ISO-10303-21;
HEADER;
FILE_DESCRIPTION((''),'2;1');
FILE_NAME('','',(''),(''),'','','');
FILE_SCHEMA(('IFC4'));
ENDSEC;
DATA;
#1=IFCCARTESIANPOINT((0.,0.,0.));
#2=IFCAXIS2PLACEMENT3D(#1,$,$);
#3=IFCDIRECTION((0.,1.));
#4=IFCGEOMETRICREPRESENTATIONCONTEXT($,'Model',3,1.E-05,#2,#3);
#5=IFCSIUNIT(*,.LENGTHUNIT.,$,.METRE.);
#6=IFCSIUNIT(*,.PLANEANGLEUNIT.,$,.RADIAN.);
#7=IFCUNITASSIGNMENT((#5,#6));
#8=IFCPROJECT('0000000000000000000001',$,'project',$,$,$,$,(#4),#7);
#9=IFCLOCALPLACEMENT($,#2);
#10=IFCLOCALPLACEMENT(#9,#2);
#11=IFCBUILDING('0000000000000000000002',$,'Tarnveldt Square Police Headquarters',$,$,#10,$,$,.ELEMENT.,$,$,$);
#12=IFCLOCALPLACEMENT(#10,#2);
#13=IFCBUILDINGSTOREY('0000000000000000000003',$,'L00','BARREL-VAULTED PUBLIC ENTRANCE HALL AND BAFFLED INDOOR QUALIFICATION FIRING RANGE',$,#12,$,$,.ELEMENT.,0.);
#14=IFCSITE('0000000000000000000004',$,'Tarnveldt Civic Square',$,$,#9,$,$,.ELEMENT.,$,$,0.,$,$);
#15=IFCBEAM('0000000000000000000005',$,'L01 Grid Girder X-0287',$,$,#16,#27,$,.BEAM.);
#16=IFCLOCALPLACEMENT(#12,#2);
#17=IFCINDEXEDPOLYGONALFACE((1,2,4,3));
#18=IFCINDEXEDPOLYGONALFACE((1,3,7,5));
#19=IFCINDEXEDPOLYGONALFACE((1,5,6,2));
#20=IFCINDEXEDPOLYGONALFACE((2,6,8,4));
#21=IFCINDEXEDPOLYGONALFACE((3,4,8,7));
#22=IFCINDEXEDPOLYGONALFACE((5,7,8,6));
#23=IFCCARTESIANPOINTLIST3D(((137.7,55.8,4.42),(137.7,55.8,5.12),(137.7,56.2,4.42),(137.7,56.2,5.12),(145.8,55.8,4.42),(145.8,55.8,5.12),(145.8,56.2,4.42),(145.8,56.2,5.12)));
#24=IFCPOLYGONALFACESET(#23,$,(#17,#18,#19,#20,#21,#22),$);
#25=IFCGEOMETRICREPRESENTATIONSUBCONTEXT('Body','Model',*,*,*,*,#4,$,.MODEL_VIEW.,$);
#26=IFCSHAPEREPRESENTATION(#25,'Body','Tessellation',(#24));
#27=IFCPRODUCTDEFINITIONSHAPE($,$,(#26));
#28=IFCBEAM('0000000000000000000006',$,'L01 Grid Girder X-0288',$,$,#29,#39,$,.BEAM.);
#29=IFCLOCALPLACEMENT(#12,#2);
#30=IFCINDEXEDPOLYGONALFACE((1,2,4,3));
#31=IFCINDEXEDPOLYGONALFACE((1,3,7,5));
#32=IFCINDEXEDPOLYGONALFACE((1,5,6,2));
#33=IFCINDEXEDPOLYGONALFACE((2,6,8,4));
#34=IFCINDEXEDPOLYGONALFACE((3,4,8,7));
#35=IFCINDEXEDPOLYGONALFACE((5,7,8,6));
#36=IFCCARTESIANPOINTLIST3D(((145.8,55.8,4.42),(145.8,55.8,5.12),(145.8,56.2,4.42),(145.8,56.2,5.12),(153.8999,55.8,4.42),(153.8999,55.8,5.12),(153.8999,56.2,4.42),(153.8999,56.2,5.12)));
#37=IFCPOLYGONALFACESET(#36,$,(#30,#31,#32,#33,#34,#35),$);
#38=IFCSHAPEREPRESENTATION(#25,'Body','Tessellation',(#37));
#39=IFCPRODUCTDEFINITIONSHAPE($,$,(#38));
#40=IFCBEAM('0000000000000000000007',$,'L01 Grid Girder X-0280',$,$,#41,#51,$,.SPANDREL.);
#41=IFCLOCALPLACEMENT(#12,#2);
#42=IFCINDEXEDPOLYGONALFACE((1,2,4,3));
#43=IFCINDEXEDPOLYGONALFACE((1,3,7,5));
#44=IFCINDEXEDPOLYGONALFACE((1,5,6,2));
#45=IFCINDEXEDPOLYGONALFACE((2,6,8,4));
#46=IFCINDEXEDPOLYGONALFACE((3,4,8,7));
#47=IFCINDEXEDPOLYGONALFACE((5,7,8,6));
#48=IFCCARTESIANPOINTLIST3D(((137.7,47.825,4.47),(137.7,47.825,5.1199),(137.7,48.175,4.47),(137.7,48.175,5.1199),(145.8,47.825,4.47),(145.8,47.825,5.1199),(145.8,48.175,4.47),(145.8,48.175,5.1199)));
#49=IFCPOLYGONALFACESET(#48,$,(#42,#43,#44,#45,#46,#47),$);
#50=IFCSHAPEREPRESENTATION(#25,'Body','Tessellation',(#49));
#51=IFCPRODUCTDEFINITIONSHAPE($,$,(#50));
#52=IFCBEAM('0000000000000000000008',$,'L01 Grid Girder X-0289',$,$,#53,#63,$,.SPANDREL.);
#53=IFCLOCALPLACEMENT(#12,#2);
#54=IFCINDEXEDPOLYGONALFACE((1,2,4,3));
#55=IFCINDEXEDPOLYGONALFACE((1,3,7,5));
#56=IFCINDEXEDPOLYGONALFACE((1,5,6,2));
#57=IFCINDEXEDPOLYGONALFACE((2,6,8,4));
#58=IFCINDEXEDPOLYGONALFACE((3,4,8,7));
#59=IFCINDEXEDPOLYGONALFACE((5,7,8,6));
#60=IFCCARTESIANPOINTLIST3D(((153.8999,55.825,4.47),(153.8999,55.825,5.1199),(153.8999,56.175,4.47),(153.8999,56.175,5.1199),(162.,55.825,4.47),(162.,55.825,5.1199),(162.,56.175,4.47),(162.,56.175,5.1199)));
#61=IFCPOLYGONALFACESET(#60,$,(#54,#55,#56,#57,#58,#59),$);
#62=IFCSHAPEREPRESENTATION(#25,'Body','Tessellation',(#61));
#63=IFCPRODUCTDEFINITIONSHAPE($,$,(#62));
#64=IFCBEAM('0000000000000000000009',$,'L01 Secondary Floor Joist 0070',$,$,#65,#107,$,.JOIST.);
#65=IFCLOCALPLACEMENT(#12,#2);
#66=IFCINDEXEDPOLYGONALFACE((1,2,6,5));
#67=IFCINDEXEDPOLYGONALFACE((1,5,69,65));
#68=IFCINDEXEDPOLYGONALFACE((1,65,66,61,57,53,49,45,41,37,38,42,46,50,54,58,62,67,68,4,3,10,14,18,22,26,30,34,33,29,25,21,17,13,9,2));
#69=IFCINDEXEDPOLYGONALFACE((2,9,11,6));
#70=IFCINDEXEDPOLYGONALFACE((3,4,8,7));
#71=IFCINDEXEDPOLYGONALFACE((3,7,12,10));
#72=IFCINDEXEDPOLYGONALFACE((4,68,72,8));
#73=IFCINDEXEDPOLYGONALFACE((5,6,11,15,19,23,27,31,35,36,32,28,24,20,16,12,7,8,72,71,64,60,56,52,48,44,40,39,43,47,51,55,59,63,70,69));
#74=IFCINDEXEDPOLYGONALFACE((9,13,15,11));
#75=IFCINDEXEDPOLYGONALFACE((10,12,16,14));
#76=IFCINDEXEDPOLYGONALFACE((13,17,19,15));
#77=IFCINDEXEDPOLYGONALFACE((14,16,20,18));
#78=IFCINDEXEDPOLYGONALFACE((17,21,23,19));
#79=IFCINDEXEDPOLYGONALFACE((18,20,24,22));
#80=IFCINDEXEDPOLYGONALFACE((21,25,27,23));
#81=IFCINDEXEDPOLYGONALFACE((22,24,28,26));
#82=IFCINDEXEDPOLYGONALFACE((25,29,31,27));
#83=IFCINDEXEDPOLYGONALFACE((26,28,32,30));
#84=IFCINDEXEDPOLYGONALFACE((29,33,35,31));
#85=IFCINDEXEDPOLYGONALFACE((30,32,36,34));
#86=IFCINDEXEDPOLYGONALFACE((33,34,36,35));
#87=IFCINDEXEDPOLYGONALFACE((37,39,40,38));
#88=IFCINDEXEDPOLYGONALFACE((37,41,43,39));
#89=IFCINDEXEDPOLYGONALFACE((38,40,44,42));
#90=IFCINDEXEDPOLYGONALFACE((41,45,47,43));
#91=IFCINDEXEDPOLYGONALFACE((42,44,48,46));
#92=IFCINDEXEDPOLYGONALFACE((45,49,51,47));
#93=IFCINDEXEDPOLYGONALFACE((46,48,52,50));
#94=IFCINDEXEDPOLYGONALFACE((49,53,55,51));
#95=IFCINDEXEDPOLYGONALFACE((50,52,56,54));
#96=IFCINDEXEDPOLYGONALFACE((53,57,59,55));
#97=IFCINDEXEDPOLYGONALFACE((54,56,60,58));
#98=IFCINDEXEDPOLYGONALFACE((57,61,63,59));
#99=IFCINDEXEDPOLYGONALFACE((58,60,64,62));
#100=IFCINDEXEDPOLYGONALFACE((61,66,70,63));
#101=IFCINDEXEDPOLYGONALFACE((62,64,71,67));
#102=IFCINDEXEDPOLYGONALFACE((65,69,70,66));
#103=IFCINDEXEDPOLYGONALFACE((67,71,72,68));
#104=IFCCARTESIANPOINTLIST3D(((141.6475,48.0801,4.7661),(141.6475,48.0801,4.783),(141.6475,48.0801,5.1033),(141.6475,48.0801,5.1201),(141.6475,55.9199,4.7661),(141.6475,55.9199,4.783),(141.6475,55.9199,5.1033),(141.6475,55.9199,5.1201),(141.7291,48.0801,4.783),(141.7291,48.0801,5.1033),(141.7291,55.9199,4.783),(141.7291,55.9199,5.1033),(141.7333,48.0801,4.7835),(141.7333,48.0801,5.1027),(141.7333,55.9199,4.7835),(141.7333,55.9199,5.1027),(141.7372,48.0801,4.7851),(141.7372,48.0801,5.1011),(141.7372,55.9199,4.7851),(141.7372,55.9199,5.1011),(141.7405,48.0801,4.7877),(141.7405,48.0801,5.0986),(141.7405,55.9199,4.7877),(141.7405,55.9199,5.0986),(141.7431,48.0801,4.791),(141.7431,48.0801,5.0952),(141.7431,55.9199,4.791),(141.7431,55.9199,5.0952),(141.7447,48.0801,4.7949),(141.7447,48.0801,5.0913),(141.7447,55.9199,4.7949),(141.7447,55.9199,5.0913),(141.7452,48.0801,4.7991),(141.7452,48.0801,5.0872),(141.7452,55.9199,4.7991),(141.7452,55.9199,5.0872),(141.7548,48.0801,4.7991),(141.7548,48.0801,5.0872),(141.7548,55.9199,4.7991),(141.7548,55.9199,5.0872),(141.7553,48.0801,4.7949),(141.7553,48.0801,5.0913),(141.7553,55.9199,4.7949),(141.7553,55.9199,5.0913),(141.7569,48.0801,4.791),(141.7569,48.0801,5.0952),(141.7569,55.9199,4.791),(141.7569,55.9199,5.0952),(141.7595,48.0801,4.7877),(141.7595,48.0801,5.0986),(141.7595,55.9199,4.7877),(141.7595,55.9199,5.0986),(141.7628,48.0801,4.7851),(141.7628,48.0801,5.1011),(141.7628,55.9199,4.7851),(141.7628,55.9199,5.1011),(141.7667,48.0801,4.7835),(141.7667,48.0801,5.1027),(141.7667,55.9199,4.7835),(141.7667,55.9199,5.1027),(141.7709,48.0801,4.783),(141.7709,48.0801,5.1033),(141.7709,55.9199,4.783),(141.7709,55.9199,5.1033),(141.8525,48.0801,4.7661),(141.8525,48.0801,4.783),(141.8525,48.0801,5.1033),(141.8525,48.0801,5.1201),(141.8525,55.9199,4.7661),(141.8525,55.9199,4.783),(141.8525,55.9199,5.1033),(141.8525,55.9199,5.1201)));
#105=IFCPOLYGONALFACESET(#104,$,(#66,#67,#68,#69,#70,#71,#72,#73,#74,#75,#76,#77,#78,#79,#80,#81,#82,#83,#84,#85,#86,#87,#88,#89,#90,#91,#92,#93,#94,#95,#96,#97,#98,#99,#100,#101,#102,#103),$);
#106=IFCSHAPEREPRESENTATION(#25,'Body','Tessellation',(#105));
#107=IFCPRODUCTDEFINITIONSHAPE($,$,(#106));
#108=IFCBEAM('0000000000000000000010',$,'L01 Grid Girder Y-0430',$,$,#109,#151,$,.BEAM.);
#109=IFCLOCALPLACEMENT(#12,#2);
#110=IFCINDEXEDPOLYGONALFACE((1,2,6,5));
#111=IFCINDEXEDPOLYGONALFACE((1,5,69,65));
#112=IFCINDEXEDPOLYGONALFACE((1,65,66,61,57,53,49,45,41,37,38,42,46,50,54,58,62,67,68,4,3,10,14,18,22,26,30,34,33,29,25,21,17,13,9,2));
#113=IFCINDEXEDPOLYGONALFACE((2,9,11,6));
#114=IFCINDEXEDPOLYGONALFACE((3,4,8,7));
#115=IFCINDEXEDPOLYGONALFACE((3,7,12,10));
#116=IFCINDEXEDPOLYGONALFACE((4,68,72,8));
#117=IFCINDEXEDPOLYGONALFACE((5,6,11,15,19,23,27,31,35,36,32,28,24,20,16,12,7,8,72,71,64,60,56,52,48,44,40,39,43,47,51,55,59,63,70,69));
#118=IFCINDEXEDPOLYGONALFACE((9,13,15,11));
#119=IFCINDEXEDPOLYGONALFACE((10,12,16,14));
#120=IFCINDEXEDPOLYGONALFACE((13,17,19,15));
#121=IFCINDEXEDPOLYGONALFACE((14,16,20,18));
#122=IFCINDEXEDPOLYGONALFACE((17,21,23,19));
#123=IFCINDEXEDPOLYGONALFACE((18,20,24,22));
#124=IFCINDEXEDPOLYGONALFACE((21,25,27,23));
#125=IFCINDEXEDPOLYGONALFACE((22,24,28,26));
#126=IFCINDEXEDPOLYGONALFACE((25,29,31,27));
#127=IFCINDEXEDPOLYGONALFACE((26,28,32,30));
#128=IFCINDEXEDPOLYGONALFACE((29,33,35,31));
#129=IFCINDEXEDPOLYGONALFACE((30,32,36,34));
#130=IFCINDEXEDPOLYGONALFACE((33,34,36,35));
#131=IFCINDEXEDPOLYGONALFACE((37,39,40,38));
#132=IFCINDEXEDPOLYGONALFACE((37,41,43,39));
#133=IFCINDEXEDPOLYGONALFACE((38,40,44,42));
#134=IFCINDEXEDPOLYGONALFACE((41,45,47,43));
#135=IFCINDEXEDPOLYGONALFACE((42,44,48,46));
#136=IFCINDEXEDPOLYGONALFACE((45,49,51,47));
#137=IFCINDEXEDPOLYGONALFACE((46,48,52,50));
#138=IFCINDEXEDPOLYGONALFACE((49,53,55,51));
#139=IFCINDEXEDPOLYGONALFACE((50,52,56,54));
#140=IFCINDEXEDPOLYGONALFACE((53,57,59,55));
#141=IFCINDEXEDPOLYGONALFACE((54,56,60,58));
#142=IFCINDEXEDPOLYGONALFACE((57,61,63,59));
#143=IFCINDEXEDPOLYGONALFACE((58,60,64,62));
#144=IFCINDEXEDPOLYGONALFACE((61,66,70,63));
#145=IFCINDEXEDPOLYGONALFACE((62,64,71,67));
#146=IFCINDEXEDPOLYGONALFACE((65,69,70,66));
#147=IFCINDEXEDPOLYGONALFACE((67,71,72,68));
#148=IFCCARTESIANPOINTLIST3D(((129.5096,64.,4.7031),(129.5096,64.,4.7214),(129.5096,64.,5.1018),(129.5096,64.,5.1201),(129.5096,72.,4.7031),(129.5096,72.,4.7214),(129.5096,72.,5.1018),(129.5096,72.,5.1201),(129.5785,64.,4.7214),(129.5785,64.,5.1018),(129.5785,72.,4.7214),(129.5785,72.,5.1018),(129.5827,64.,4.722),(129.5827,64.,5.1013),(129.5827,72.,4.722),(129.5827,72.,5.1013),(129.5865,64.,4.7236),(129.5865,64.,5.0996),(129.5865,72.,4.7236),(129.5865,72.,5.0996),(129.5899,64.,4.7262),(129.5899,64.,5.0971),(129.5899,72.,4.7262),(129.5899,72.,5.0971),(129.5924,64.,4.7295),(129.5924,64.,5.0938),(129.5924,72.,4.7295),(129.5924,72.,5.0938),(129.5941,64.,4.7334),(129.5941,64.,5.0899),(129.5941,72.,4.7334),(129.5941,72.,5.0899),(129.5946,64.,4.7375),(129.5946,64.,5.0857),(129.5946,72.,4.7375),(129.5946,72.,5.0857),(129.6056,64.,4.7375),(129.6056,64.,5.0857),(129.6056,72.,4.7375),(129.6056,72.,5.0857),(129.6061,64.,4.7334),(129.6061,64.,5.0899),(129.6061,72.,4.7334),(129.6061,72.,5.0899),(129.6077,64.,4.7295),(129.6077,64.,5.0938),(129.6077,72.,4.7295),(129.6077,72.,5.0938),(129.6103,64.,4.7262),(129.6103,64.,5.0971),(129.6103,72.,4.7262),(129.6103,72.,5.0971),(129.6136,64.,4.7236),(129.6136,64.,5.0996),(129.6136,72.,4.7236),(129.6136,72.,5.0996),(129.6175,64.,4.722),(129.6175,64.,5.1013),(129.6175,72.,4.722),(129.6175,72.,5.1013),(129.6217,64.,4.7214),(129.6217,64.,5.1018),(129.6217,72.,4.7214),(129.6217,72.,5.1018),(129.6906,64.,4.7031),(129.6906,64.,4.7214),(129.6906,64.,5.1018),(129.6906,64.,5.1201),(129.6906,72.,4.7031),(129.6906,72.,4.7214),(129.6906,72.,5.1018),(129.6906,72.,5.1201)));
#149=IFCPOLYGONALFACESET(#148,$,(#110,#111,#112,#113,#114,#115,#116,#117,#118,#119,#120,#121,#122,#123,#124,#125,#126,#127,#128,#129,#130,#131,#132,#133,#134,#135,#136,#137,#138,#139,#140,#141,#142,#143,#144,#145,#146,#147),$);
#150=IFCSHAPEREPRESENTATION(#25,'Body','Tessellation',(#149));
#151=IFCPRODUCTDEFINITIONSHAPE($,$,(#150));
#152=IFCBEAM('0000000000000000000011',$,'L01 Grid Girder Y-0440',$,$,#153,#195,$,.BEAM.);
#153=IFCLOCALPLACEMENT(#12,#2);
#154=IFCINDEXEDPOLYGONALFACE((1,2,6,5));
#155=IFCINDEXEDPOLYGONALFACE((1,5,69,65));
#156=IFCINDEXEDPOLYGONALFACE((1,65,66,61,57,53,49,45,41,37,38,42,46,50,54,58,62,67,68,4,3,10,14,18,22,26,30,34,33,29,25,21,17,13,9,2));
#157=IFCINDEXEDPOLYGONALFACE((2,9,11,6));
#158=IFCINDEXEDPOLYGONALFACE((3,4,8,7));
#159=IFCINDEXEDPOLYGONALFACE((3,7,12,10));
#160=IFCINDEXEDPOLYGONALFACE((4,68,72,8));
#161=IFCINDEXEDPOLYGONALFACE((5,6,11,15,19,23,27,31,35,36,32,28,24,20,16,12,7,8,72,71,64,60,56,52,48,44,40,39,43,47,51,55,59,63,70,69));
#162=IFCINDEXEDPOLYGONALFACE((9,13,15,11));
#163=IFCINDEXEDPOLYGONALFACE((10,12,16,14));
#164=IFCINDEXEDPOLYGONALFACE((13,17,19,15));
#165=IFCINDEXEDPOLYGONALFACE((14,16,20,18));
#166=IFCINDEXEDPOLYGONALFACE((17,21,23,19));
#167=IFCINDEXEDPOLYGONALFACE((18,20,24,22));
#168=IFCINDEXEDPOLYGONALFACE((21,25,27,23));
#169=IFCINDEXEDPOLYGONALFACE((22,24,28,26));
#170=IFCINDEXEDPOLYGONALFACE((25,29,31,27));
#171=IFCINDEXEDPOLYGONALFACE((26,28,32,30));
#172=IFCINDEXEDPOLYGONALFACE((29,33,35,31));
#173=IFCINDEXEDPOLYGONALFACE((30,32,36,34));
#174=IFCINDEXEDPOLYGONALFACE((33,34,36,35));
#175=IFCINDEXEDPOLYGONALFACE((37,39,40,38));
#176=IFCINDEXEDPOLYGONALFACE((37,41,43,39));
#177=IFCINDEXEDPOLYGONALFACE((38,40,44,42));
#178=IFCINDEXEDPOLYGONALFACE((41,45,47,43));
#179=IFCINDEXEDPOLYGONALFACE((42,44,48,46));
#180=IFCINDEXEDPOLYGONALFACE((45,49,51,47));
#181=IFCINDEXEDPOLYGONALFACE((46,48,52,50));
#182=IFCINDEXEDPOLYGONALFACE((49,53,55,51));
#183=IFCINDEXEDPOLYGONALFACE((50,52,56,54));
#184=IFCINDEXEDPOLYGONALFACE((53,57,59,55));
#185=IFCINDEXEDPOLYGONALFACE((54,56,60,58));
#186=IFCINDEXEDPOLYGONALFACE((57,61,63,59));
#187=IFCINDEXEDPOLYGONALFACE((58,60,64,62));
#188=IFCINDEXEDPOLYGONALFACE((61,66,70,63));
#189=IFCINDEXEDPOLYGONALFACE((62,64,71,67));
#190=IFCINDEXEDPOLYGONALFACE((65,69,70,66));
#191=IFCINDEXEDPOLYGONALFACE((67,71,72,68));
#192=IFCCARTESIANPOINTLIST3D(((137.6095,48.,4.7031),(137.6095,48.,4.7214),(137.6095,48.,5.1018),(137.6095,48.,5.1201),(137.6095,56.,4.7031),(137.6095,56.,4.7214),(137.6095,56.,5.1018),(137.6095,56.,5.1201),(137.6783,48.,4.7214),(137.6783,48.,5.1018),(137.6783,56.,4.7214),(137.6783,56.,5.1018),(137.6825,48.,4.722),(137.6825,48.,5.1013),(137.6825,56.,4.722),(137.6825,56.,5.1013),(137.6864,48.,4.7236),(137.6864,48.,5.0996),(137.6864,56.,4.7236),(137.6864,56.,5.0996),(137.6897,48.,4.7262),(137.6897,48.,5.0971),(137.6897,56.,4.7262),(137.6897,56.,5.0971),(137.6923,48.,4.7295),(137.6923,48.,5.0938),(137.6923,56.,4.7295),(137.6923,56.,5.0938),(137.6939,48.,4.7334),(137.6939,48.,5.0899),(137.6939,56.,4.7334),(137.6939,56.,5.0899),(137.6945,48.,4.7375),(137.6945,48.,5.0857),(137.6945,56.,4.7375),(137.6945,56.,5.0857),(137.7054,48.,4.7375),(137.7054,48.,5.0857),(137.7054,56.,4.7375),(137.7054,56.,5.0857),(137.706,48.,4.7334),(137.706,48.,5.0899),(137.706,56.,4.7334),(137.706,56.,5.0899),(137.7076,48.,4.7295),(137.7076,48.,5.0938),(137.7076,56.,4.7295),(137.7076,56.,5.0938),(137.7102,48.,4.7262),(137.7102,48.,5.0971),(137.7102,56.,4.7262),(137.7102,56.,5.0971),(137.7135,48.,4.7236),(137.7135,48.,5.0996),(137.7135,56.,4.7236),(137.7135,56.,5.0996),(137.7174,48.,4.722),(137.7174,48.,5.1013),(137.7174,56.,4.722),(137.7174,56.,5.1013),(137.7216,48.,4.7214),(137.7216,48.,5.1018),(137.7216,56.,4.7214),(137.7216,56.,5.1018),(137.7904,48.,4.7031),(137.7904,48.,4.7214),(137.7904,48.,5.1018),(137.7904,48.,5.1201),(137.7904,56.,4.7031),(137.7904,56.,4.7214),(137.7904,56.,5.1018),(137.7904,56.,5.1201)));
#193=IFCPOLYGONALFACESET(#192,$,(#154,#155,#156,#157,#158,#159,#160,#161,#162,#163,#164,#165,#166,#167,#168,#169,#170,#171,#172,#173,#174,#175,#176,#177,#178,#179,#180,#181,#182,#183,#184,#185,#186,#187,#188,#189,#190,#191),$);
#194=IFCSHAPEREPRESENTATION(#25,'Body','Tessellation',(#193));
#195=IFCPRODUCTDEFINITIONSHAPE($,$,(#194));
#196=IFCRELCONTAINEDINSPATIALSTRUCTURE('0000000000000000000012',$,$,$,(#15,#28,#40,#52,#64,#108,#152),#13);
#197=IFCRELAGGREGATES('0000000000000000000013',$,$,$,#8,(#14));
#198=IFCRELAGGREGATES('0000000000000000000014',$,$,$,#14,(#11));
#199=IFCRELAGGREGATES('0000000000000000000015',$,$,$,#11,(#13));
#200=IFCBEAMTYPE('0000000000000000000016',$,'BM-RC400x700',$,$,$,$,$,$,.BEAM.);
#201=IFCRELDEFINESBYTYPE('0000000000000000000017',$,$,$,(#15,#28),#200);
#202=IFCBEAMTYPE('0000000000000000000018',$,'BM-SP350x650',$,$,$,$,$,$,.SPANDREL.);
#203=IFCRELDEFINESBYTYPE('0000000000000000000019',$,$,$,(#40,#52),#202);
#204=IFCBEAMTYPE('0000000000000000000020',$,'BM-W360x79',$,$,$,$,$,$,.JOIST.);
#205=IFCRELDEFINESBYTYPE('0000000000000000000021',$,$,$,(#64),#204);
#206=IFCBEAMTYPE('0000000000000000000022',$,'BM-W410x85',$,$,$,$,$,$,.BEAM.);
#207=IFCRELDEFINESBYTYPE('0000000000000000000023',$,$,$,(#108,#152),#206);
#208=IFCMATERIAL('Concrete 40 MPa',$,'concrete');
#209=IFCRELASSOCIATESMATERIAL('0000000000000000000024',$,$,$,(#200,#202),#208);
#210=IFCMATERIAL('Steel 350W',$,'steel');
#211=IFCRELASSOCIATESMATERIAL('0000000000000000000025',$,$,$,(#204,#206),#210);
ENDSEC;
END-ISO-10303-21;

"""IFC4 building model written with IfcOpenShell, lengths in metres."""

from ifc_helpers import new_model, si_unit, direction, frame, origin, origin_2d, place, context, subcontext, project, spatial, rectangle, i_section, extrude, material, material_profile, profile_set, type_object, element, save


model = new_model("IFC4")

# Units and contexts
model_context = context("Model", 3, precision=1e-05, world=origin(), true_north=direction((0.0, 1.0)))
body_context = subcontext(model_context, "Body", "Model", "MODEL_VIEW")
ifc_project = project(units=[si_unit("LENGTHUNIT", "METRE"), si_unit("PLANEANGLEUNIT", "RADIAN")], contexts=[model_context])

# Site, building, storey
site_placement = place(None, origin())
site = spatial("IfcSite", under=ifc_project, at=site_placement, Name="Tarnveldt Civic Square", CompositionType="ELEMENT", RefElevation=0.0)
building_placement = place(site_placement, origin())
building = spatial("IfcBuilding", under=site, at=building_placement, Name="Tarnveldt Square Police Headquarters", CompositionType="ELEMENT")
storey_placement = place(building_placement, origin())
storey = spatial("IfcBuildingStorey", under=building, at=storey_placement, Name="L00", Description="BARREL-VAULTED PUBLIC ENTRANCE HALL AND BAFFLED INDOOR QUALIFICATION FIRING RANGE", CompositionType="ELEMENT", Elevation=0.0)

# Beams
ifc_material_1 = material(Name="Concrete 40 MPa", Category="concrete")
ifc_material_profile_1 = material_profile(ifc_material_1, rectangle(XDim=0.3999, YDim=0.7, at=origin_2d()), Name="RC-B400x700")
ifc_profile_set_1 = profile_set([ifc_material_profile_1], Name="Concrete 40 MPa")
beam_type_1 = type_object("IfcBeamType", Name="BM-RC400x700", PredefinedType="BEAM", material=ifc_profile_set_1)
beam_1_placement = place(storey_placement, frame((137.7, 56.0, 4.77), z_axis=(1.0, 0.0, 0.0), x_axis=(0.0, 1.0, 0.0)))
element("IfcBeam", 1, at=beam_1_placement, inside=storey, type_object=beam_type_1, Name="L01 Grid Girder X-0287", PredefinedType="BEAM", context=body_context, shape_type="SweptSolid", body=[
    extrude(rectangle(XDim=0.3999, YDim=0.7, at=origin_2d()), origin(), (0.0, 0.0, 1.0), 8.1001),
])
beam_2_placement = place(storey_placement, frame((145.8, 56.0, 4.77), z_axis=(1.0, 0.0, 0.0), x_axis=(0.0, 1.0, 0.0)))
element("IfcBeam", 2, at=beam_2_placement, inside=storey, type_object=beam_type_1, Name="L01 Grid Girder X-0288", PredefinedType="BEAM", context=body_context, shape_type="SweptSolid", body=[
    extrude(rectangle(XDim=0.3999, YDim=0.7, at=origin_2d()), origin(), (0.0, 0.0, 1.0), 8.0999),
])
ifc_material_profile_2 = material_profile(ifc_material_1, rectangle(XDim=0.3501, YDim=0.6499, at=origin_2d()), Name="RC-SP350x650")
ifc_profile_set_2 = profile_set([ifc_material_profile_2], Name="Concrete 40 MPa")
beam_type_2 = type_object("IfcBeamType", Name="BM-SP350x650", PredefinedType="SPANDREL", material=ifc_profile_set_2)
for number, where, z_axis, x_axis, name in (
    (3, (137.7, 48.0, 4.7949), (1.0, 0.0, 0.0), (0.0, 1.0, 0.0), "L01 Grid Girder X-0280"),
    (4, (153.8999, 56.0, 4.7949), (1.0, 0.0, 0.0), (0.0, 1.0, 0.0), "L01 Grid Girder X-0289"),
):
    element("IfcBeam", number, at=place(storey_placement, frame(where, z_axis=z_axis, x_axis=x_axis)), inside=storey, type_object=beam_type_2, Name=name, PredefinedType="SPANDREL", context=body_context, shape_type="SweptSolid", body=[
        extrude(rectangle(XDim=0.3501, YDim=0.6499, at=origin_2d()), origin(), (0.0, 0.0, 1.0), 8.1001),
    ])
ifc_material_2 = material(Name="Steel 350W", Category="steel")
ifc_material_profile_3 = material_profile(ifc_material_2, i_section(OverallWidth=0.2051, OverallDepth=0.354, WebThickness=0.0095, FlangeThickness=0.0168, FilletRadius=0.0161, at=origin_2d()), Name="W360x79")
ifc_profile_set_3 = profile_set([ifc_material_profile_3], Name="Steel 350W")
beam_type_3 = type_object("IfcBeamType", Name="BM-W360x79", PredefinedType="JOIST", material=ifc_profile_set_3)
beam_3_placement = place(storey_placement, frame((141.75, 48.0801, 4.9431), z_axis=(0.0, 1.0, 0.0), x_axis=(-1.0, 0.0, 0.0)))
element("IfcBeam", 5, at=beam_3_placement, inside=storey, type_object=beam_type_3, Name="L01 Secondary Floor Joist 0070", PredefinedType="JOIST", context=body_context, shape_type="SweptSolid", body=[
    extrude(i_section(OverallWidth=0.2051, OverallDepth=0.354, WebThickness=0.0095, FlangeThickness=0.0168, FilletRadius=0.0161, at=origin_2d()), origin(), (0.0, 0.0, 1.0), 7.8398),
])
ifc_material_profile_4 = material_profile(ifc_material_2, i_section(OverallWidth=0.1809, OverallDepth=0.417, WebThickness=0.011, FlangeThickness=0.0183, FilletRadius=0.0161, at=origin_2d()), Name="W410x85")
ifc_profile_set_4 = profile_set([ifc_material_profile_4], Name="Steel 350W")
beam_type_4 = type_object("IfcBeamType", Name="BM-W410x85", PredefinedType="BEAM", material=ifc_profile_set_4)
for number, where, z_axis, x_axis, name in (
    (6, (129.6001, 64.0, 4.9116), (0.0, 1.0, 0.0), (-1.0, 0.0, 0.0), "L01 Grid Girder Y-0430"),
    (7, (137.7, 48.0, 4.9116), (0.0, 1.0, 0.0), (-1.0, 0.0, 0.0), "L01 Grid Girder Y-0440"),
):
    element("IfcBeam", number, at=place(storey_placement, frame(where, z_axis=z_axis, x_axis=x_axis)), inside=storey, type_object=beam_type_4, Name=name, PredefinedType="BEAM", context=body_context, shape_type="SweptSolid", body=[
        extrude(i_section(OverallWidth=0.1809, OverallDepth=0.417, WebThickness=0.011, FlangeThickness=0.0183, FilletRadius=0.0161, at=origin_2d()), origin(), (0.0, 0.0, 1.0), 8.0),
    ])

save(model, "model.ifc")
